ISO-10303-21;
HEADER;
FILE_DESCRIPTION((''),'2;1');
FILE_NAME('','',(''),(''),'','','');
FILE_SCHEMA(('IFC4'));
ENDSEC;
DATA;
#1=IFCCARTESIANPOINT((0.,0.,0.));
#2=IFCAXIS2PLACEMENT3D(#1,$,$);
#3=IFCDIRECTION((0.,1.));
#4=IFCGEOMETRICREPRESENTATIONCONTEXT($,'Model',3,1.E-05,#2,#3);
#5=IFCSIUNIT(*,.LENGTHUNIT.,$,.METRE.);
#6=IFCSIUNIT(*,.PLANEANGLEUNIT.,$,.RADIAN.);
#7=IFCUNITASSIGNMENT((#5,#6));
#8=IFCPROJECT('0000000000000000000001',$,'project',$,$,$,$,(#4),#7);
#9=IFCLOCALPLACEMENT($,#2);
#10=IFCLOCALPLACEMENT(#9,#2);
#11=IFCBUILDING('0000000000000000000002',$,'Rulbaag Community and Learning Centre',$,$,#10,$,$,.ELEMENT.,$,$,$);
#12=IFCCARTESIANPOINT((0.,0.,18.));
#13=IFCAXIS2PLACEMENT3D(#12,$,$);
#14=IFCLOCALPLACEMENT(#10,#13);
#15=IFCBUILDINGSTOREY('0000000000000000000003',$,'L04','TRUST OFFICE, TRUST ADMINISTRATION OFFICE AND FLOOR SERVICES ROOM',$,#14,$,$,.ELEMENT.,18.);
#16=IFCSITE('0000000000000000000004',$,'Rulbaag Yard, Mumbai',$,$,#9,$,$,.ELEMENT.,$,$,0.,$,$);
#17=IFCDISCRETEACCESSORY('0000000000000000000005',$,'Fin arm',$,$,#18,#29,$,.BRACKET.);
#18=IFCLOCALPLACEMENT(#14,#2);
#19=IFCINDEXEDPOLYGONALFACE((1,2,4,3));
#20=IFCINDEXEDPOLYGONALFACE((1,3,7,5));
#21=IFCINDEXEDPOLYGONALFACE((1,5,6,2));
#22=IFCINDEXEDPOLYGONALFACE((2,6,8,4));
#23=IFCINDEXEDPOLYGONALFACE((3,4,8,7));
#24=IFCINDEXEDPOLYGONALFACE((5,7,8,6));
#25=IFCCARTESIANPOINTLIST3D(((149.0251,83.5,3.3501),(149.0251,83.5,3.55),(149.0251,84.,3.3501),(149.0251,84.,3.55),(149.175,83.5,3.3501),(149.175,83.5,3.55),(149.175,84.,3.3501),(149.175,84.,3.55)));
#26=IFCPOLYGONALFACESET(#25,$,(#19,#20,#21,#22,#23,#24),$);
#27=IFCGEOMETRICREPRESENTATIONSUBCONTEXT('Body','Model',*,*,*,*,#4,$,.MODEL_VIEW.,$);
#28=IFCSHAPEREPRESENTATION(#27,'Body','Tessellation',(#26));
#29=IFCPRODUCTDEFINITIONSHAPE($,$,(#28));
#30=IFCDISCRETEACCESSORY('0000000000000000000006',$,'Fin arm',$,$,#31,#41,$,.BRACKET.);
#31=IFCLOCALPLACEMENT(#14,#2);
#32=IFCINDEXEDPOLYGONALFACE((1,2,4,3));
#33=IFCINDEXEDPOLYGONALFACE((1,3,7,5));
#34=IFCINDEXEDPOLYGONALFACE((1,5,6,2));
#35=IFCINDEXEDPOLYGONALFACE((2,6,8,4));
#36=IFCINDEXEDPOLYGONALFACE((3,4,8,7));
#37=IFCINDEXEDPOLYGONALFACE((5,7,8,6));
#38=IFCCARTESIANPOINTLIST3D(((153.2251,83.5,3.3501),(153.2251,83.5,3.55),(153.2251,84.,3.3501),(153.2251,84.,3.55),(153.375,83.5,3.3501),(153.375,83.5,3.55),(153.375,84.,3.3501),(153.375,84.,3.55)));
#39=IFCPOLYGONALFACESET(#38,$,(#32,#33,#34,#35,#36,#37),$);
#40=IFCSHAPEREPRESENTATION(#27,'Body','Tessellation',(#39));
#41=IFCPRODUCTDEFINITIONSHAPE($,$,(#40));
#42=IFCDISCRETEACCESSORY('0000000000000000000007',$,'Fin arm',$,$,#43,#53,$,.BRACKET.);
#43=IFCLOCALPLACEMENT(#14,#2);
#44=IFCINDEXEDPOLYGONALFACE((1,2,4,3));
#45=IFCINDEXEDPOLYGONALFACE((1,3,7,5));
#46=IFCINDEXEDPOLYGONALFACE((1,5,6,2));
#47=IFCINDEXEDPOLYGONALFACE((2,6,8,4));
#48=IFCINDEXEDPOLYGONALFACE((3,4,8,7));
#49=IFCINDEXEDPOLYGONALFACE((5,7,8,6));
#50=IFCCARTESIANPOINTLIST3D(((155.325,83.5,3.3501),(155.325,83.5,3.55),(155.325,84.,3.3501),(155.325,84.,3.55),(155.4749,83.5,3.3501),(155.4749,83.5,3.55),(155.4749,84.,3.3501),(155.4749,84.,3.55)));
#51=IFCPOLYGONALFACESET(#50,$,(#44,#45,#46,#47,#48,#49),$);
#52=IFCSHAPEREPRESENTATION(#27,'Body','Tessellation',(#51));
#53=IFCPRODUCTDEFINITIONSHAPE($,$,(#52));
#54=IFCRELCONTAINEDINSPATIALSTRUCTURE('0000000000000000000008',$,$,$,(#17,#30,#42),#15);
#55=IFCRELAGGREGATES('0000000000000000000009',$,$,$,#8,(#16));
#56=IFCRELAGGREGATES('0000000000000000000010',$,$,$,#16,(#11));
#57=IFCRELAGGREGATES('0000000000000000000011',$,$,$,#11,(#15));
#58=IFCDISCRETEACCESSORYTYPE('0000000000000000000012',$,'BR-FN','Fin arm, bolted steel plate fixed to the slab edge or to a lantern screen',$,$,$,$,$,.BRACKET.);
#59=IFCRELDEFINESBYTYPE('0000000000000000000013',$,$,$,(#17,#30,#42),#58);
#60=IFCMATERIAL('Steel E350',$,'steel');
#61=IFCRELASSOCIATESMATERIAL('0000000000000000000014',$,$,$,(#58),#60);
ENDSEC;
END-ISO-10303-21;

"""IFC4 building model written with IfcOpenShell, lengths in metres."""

from ifc_helpers import new_model, si_unit, direction, frame, origin, origin_2d, place, context, subcontext, project, spatial, rectangle, extrude, material, type_object, element, save


model = new_model("IFC4")

# Units and contexts
model_context = context("Model", 3, precision=1e-05, world=origin(), true_north=direction((0.0, 1.0)))
body_context = subcontext(model_context, "Body", "Model", "MODEL_VIEW")
ifc_project = project(units=[si_unit("LENGTHUNIT", "METRE"), si_unit("PLANEANGLEUNIT", "RADIAN")], contexts=[model_context])

# Site, building, storey
site_placement = place(None, origin())
site = spatial("IfcSite", under=ifc_project, at=site_placement, Name="Rulbaag Yard, Mumbai", CompositionType="ELEMENT", RefElevation=0.0)
building_placement = place(site_placement, origin())
building = spatial("IfcBuilding", under=site, at=building_placement, Name="Rulbaag Community and Learning Centre", CompositionType="ELEMENT")
storey_placement = place(building_placement, frame((0.0, 0.0, 18.0)))
storey = spatial("IfcBuildingStorey", under=building, at=storey_placement, Name="L04", Description="TRUST OFFICE, TRUST ADMINISTRATION OFFICE AND FLOOR SERVICES ROOM", CompositionType="ELEMENT", Elevation=18.0)

# Discrete accessories
ifc_material_1 = material(Name="Steel E350", Category="steel")
discrete_accessory_type = type_object("IfcDiscreteAccessoryType", Name="BR-FN", Description="Fin arm, bolted steel plate fixed to the slab edge or to a lantern screen", PredefinedType="BRACKET", material=ifc_material_1)
for number, where, z_axis, x_axis, name in (
    (1, (149.1001, 83.75, 3.3501), (0.0, 0.0, 1.0), (1.0, 0.0, 0.0), "Fin arm"),
    (2, (153.3, 83.75, 3.3501), (0.0, 0.0, 1.0), (1.0, 0.0, 0.0), "Fin arm"),
    (3, (155.3999, 83.75, 3.3501), (0.0, 0.0, 1.0), (1.0, 0.0, 0.0), "Fin arm"),
):
    element("IfcDiscreteAccessory", number, at=place(storey_placement, frame(where, z_axis=z_axis, x_axis=x_axis)), inside=storey, type_object=discrete_accessory_type, Name=name, PredefinedType="BRACKET", context=body_context, shape_type="SweptSolid", body=[
        extrude(rectangle(XDim=0.1499, YDim=0.5, at=origin_2d()), origin(), (0.0, 0.0, 1.0), 0.2),
    ])

save(model, "model.ifc")
